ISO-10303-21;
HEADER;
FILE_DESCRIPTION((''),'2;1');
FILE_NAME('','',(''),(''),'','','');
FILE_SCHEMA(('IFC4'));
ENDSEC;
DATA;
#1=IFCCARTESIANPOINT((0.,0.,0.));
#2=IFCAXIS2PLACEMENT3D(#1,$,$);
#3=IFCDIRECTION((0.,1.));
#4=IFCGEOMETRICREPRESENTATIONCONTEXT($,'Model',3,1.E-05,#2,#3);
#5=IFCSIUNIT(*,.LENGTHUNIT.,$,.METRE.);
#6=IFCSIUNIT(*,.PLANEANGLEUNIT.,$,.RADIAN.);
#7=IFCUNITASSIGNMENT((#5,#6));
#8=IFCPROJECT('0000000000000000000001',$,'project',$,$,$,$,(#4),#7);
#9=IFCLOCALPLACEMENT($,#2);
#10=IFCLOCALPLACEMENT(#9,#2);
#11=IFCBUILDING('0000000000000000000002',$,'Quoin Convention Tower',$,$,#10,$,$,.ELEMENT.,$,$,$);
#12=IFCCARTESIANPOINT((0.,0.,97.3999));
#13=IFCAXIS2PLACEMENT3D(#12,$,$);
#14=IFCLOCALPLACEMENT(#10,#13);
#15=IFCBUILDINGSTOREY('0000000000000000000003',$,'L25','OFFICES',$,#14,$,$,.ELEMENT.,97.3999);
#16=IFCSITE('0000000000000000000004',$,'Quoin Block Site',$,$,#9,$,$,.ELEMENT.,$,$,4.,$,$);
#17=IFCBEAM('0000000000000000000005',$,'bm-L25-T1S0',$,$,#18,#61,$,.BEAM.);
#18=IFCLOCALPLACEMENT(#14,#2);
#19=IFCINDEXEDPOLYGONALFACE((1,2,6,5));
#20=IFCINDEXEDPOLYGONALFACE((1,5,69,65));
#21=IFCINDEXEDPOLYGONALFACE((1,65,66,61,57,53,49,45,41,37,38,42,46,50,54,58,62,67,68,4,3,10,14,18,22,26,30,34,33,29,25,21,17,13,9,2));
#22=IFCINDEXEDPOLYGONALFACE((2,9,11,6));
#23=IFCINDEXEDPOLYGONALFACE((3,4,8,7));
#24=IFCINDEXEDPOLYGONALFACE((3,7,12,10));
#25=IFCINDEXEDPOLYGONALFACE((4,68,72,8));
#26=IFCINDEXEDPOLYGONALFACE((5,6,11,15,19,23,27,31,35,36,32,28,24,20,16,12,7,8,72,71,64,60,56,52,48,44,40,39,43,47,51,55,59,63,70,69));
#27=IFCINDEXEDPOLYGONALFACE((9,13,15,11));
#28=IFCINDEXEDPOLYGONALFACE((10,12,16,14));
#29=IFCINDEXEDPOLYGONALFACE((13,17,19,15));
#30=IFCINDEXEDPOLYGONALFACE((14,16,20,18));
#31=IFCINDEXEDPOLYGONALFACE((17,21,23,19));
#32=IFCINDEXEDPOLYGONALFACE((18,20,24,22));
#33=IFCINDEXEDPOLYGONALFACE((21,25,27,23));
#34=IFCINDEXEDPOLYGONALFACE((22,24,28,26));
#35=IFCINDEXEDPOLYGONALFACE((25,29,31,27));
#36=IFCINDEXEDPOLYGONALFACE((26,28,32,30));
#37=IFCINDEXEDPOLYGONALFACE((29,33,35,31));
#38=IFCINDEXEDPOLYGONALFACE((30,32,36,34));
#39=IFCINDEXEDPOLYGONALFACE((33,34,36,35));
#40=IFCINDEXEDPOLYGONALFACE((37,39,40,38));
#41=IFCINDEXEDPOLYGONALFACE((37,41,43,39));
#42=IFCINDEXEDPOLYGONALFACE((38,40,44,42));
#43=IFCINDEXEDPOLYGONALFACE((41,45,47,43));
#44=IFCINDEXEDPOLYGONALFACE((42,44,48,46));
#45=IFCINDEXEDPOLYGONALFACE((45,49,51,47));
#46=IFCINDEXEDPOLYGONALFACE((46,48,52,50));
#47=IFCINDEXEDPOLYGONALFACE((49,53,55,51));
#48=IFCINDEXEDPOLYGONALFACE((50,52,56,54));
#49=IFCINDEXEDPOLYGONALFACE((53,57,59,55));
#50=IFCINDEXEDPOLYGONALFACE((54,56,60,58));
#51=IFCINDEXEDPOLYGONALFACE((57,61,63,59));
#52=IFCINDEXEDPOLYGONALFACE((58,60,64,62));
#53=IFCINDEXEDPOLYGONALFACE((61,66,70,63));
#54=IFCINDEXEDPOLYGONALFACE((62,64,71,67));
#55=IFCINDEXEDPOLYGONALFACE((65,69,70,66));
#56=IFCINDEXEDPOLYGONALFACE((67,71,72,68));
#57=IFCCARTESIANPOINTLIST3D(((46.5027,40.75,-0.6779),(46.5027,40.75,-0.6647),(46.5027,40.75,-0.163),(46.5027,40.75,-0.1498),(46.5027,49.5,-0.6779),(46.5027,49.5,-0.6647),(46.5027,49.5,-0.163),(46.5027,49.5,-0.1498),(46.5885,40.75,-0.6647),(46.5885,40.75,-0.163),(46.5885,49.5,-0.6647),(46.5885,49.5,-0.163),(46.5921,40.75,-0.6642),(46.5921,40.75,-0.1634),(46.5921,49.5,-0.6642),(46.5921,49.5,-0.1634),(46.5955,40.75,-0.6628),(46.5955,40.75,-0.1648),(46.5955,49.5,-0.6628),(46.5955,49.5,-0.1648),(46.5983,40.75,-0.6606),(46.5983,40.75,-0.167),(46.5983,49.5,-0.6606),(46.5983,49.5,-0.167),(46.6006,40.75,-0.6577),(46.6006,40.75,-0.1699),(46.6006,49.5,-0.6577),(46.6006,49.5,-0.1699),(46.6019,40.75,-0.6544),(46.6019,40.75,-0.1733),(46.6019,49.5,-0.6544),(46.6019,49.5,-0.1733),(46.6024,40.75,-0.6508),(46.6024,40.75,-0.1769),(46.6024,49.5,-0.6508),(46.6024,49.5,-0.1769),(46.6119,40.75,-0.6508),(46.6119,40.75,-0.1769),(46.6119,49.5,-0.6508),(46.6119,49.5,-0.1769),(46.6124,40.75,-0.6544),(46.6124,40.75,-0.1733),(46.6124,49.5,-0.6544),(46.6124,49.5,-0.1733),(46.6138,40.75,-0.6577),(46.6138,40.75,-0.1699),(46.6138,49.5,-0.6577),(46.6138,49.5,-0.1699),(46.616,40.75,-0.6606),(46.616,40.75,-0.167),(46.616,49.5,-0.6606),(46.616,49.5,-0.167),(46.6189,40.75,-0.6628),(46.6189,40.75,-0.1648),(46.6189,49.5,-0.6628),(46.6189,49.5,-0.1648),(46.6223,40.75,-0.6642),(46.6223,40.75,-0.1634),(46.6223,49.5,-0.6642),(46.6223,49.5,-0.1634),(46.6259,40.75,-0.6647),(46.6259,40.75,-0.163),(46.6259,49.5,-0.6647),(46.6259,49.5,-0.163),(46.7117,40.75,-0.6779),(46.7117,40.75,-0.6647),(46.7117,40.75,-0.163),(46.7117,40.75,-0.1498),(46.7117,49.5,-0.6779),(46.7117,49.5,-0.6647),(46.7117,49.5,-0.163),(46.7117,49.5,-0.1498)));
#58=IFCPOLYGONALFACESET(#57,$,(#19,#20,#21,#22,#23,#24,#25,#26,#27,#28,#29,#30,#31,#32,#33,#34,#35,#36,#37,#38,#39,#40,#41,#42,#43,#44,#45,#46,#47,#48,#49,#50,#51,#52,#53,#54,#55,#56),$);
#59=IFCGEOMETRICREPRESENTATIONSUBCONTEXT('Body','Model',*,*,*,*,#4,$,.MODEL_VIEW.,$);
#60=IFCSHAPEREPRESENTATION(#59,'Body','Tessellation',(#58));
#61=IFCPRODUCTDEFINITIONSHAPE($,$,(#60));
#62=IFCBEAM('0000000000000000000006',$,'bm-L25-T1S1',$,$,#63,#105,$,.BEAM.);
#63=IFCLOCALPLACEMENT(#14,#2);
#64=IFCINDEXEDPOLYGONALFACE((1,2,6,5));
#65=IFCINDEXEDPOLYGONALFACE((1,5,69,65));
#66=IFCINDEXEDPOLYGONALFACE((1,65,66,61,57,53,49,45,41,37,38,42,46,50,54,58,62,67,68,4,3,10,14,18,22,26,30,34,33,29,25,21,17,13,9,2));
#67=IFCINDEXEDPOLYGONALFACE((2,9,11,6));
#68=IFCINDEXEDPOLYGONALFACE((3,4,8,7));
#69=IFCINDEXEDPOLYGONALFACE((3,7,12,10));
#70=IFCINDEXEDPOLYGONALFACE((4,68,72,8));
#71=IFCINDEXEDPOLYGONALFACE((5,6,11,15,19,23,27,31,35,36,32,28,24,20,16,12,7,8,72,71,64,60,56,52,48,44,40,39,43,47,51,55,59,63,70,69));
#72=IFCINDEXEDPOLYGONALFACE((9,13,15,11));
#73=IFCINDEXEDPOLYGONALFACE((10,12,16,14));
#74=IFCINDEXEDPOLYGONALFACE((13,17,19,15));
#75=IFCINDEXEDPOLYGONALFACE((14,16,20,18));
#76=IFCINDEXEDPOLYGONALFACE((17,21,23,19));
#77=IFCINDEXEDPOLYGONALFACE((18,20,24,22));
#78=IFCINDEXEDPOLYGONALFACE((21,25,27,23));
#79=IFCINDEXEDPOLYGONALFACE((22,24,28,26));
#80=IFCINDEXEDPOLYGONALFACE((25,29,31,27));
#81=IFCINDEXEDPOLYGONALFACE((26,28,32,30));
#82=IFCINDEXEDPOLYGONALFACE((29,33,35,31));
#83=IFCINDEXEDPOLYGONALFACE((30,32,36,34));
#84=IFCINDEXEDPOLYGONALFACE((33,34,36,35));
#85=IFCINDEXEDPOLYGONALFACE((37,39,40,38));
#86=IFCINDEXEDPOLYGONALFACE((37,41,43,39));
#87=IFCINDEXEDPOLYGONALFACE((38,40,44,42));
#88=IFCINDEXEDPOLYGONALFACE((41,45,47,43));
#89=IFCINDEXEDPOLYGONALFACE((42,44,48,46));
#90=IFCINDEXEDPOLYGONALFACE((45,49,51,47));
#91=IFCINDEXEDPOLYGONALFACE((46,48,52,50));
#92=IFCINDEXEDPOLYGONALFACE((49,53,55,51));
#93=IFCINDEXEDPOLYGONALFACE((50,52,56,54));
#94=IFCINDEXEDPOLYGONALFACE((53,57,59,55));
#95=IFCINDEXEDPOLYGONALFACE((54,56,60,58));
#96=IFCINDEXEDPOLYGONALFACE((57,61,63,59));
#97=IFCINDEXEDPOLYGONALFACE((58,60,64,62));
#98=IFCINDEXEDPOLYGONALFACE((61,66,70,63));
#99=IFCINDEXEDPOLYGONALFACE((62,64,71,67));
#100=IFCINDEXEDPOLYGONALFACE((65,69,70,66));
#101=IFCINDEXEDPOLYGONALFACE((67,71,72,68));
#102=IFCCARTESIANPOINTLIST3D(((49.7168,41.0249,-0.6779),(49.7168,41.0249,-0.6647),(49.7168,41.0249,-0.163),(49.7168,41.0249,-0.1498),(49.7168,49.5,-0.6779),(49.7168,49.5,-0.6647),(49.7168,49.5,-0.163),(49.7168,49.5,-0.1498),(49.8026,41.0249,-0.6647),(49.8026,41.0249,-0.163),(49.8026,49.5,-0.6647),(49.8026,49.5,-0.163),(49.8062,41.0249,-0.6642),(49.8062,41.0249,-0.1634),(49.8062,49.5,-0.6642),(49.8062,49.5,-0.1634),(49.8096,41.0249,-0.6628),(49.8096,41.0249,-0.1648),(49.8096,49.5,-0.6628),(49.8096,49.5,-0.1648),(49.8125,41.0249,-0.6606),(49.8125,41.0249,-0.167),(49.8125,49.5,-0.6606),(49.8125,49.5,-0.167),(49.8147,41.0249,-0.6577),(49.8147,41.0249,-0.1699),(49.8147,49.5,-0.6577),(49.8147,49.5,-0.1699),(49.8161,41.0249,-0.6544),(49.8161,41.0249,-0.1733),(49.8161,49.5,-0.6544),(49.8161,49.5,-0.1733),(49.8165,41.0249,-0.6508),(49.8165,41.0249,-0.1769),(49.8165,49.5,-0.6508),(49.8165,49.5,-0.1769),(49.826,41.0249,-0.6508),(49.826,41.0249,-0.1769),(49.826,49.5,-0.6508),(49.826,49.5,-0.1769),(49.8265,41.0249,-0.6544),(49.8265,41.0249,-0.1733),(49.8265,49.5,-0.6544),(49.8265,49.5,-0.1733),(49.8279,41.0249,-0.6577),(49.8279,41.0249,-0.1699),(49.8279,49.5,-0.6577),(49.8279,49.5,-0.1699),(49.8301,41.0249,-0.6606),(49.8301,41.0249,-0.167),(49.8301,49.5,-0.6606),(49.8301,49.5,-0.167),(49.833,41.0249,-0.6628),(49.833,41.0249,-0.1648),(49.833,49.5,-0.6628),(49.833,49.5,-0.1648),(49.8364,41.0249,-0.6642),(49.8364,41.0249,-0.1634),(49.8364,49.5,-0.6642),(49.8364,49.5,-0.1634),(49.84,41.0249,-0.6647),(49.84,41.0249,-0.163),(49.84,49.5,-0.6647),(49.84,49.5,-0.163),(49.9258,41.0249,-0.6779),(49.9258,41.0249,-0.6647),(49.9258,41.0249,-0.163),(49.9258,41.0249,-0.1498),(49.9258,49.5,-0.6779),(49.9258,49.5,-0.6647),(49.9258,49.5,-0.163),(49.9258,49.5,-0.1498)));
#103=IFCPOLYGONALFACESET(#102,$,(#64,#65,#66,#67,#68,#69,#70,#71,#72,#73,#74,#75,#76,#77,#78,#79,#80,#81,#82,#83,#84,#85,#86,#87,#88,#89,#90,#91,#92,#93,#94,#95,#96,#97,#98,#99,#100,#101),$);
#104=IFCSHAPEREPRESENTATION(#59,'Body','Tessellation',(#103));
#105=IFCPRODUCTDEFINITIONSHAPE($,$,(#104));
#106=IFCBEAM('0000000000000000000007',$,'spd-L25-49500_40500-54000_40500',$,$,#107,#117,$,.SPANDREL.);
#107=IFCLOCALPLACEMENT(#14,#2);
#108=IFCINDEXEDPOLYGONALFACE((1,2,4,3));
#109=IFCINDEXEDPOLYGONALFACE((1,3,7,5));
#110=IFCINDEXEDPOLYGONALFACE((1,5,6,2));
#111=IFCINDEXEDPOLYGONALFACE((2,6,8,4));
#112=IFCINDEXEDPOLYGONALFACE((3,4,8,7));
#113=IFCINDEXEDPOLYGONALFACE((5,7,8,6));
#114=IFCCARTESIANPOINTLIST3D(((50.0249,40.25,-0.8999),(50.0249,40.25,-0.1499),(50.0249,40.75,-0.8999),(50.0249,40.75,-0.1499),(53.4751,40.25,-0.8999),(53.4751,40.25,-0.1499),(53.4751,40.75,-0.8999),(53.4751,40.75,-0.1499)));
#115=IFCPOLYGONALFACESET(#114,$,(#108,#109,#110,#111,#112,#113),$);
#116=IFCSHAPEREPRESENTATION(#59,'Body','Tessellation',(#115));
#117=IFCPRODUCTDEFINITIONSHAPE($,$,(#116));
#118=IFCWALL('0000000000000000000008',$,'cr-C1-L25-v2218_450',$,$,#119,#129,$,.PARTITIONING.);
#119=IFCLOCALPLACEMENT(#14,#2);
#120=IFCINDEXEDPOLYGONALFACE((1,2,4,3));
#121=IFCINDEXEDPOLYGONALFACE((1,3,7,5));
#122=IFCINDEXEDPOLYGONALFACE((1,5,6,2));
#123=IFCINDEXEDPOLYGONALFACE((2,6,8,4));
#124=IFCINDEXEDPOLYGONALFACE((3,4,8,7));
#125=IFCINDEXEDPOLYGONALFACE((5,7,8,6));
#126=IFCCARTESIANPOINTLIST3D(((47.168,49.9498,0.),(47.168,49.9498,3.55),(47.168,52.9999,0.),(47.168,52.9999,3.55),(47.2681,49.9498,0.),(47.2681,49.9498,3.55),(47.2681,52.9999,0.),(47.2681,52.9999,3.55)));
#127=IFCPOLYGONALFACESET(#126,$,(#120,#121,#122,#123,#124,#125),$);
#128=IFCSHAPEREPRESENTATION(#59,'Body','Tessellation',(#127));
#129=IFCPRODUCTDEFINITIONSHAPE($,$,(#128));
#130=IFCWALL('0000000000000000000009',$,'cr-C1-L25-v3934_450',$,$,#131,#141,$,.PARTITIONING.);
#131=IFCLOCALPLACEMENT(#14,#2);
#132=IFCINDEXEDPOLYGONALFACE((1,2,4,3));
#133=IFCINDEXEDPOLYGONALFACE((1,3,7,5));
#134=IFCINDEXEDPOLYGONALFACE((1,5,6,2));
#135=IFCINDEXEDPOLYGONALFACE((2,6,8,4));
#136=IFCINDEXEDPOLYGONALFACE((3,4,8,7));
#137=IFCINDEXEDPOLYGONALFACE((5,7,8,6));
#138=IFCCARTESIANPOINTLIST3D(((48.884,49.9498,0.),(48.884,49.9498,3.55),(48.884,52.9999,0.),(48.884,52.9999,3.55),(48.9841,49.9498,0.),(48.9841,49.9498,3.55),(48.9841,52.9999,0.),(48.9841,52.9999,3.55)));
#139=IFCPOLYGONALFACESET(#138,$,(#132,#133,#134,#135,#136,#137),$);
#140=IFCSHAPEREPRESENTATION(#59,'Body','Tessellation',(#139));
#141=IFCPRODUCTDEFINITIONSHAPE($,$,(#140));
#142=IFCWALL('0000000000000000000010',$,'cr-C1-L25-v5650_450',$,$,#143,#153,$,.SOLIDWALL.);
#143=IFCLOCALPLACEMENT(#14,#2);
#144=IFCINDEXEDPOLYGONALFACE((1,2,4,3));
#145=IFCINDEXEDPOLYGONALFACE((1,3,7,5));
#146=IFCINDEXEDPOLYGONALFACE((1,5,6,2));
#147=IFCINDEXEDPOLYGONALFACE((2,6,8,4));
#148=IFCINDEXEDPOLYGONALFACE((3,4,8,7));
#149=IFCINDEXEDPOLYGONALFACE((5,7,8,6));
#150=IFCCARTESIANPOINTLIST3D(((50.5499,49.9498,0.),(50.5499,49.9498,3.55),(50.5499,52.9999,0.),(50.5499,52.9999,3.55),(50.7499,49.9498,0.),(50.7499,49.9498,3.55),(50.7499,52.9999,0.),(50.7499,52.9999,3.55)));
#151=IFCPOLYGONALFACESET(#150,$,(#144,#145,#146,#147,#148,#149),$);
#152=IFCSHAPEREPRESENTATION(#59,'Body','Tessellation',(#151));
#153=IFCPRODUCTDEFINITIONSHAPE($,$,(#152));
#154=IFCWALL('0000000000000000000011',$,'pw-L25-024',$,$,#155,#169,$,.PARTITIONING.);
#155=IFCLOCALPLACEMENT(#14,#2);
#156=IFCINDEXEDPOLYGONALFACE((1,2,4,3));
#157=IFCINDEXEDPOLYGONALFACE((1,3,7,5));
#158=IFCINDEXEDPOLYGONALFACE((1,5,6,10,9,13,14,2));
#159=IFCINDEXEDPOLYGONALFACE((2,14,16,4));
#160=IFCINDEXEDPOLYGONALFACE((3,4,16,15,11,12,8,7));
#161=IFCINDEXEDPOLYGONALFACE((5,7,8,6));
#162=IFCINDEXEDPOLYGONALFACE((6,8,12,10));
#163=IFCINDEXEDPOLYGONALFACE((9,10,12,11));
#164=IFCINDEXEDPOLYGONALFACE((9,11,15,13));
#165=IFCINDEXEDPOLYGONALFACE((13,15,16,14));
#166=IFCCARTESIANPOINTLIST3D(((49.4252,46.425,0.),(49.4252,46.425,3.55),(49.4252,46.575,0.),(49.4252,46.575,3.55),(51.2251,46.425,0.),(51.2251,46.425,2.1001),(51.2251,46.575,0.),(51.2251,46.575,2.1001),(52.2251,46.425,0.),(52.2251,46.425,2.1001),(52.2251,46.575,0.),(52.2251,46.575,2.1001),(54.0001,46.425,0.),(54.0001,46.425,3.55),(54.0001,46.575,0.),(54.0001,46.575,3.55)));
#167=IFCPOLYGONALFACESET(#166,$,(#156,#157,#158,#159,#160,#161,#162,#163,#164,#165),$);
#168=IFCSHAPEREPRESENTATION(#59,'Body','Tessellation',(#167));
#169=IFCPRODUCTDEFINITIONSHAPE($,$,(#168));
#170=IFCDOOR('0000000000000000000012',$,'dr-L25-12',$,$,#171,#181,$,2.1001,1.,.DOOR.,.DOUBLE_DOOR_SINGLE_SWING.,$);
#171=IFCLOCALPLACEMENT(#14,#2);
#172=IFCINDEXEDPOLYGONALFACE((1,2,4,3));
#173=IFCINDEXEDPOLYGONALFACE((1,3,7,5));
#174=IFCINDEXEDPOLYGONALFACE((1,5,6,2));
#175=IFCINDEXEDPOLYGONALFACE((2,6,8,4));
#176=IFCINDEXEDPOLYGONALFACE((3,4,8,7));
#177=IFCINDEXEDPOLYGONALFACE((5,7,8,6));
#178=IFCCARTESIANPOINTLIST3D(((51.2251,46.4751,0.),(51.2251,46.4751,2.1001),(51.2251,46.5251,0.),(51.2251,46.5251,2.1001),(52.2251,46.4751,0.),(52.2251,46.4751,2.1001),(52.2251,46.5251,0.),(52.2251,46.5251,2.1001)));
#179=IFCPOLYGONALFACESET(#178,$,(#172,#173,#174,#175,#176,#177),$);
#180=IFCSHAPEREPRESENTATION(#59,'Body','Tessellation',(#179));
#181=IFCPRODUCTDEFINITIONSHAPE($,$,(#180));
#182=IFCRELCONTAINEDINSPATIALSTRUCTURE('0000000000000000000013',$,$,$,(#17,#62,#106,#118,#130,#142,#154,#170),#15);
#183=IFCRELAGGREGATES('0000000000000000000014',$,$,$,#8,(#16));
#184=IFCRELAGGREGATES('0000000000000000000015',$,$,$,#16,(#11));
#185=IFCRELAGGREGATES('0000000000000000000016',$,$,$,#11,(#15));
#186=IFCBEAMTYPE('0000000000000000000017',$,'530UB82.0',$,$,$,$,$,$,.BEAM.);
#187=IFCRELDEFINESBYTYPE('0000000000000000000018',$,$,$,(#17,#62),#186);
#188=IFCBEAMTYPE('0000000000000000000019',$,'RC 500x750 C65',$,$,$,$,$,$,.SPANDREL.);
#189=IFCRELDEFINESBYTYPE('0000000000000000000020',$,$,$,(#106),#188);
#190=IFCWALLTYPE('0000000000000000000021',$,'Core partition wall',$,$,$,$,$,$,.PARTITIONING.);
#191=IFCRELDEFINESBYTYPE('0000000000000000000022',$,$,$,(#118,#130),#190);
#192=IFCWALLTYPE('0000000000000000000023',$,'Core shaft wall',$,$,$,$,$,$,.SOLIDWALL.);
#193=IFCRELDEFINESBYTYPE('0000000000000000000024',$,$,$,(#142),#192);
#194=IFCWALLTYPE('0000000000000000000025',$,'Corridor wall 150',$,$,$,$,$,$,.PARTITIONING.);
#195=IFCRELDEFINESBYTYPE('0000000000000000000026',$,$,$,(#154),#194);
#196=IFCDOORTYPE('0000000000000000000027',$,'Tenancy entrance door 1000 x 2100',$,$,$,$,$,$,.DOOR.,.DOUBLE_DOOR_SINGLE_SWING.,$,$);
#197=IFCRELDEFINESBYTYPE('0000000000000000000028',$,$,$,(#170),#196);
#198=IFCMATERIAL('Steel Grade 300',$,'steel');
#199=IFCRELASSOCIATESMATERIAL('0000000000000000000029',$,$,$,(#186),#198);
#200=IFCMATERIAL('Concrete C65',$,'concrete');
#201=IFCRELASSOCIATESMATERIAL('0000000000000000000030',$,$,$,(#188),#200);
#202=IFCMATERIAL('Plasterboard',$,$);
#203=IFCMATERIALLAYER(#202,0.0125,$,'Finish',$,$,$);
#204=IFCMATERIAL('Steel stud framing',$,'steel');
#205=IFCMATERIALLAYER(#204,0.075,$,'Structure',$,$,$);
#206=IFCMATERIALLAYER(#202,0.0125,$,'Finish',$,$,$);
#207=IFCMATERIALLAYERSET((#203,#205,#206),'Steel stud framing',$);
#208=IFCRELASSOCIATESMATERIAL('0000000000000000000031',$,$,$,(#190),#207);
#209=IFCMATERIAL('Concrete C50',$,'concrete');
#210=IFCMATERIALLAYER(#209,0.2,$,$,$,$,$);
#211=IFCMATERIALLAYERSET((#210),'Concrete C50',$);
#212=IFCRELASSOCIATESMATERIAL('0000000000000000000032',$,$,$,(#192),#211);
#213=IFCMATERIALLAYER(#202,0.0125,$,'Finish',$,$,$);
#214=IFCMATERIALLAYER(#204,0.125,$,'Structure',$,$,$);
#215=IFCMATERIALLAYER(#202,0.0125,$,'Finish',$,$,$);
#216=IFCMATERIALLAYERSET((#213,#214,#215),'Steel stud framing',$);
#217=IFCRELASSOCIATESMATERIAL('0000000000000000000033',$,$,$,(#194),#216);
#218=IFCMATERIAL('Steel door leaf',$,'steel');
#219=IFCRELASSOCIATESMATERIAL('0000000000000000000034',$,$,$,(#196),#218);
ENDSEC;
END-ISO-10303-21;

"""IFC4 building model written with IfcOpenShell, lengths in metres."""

from ifc_helpers import new_model, si_unit, direction, frame, frame_2d, origin, origin_2d, place, context, subcontext, project, spatial, rectangle, i_section, extrude, material, layer, layer_set, material_profile, profile_set, type_object, element, fill, save


model = new_model("IFC4")

# Units and contexts
model_context = context("Model", 3, precision=1e-05, world=origin(), true_north=direction((0.0, 1.0)))
body_context = subcontext(model_context, "Body", "Model", "MODEL_VIEW")
ifc_project = project(units=[si_unit("LENGTHUNIT", "METRE"), si_unit("PLANEANGLEUNIT", "RADIAN")], contexts=[model_context])

# Site, building, storey
site_placement = place(None, origin())
site = spatial("IfcSite", under=ifc_project, at=site_placement, Name="Quoin Block Site", CompositionType="ELEMENT", RefElevation=4.0)
building_placement = place(site_placement, origin())
building = spatial("IfcBuilding", under=site, at=building_placement, Name="Quoin Convention Tower", CompositionType="ELEMENT")
storey_placement = place(building_placement, frame((0.0, 0.0, 97.3999)))
storey = spatial("IfcBuildingStorey", under=building, at=storey_placement, Name="L25", Description="OFFICES", CompositionType="ELEMENT", Elevation=97.3999)

# Beams
ifc_material_1 = material(Name="Steel Grade 300", Category="steel")
ifc_material_profile_1 = material_profile(ifc_material_1, i_section(OverallWidth=0.209, OverallDepth=0.5281, WebThickness=0.0095, FlangeThickness=0.0132, FilletRadius=0.0139, at=origin_2d()), Name="530UB82.0")
ifc_profile_set_1 = profile_set([ifc_material_profile_1], Name="Steel Grade 300")
beam_type_1 = type_object("IfcBeamType", Name="530UB82.0", PredefinedType="BEAM", material=ifc_profile_set_1)
beam_1_placement = place(storey_placement, frame((46.6072, 40.75, -0.4138), z_axis=(0.0, 1.0, 0.0), x_axis=(-1.0, 0.0, 0.0)))
element("IfcBeam", 1, at=beam_1_placement, inside=storey, type_object=beam_type_1, Name="bm-L25-T1S0", PredefinedType="BEAM", context=body_context, shape_type="SweptSolid", body=[
    extrude(i_section(OverallWidth=0.209, OverallDepth=0.5281, WebThickness=0.0095, FlangeThickness=0.0132, FilletRadius=0.0139, at=origin_2d()), origin(), (0.0, 0.0, 1.0), 8.75),
])
beam_2_placement = place(storey_placement, frame((49.8213, 41.0249, -0.4138), z_axis=(0.0, 1.0, 0.0), x_axis=(-1.0, 0.0, 0.0)))
element("IfcBeam", 2, at=beam_2_placement, inside=storey, type_object=beam_type_1, Name="bm-L25-T1S1", PredefinedType="BEAM", context=body_context, shape_type="SweptSolid", body=[
    extrude(i_section(OverallWidth=0.209, OverallDepth=0.5281, WebThickness=0.0095, FlangeThickness=0.0132, FilletRadius=0.0139, at=origin_2d()), origin(), (0.0, 0.0, 1.0), 8.4751),
])
ifc_material_2 = material(Name="Concrete C65", Category="concrete")
ifc_material_profile_2 = material_profile(ifc_material_2, rectangle(XDim=0.5, YDim=0.75, at=origin_2d()), Name="RC 500x750")
ifc_profile_set_2 = profile_set([ifc_material_profile_2], Name="Concrete C65")
beam_type_2 = type_object("IfcBeamType", Name="RC 500x750 C65", PredefinedType="SPANDREL", material=ifc_profile_set_2)
beam_3_placement = place(storey_placement, frame((50.0249, 40.5, -0.5249), z_axis=(1.0, 0.0, 0.0), x_axis=(0.0, 1.0, 0.0)))
element("IfcBeam", 3, at=beam_3_placement, inside=storey, type_object=beam_type_2, Name="spd-L25-49500_40500-54000_40500", PredefinedType="SPANDREL", context=body_context, shape_type="SweptSolid", body=[
    extrude(rectangle(XDim=0.5, YDim=0.75, at=origin_2d()), origin(), (0.0, 0.0, 1.0), 3.4502),
])

# Walls
ifc_material_3 = material(Name="Plasterboard")
ifc_layer_1 = layer(ifc_material_3, 0.0125, Name="Finish")
ifc_material_4 = material(Name="Steel stud framing", Category="steel")
ifc_layer_2 = layer(ifc_material_4, 0.075, Name="Structure")
ifc_layer_3 = layer(ifc_material_3, 0.0125, Name="Finish")
ifc_layer_set_1 = layer_set([ifc_layer_1, ifc_layer_2, ifc_layer_3], Name="Steel stud framing")
wall_type_1 = type_object("IfcWallType", Name="Core partition wall", PredefinedType="PARTITIONING", material=ifc_layer_set_1)
for number, where, z_axis, x_axis, name in (
    (4, (47.218, 49.95, 0.0), (0.0, 0.0, 1.0), (0.0, 1.0, 0.0), "cr-C1-L25-v2218_450"),
    (5, (48.9341, 49.95, 0.0), (0.0, 0.0, 1.0), (0.0, 1.0, 0.0), "cr-C1-L25-v3934_450"),
):
    element("IfcWall", number, at=place(storey_placement, frame(where, z_axis=z_axis, x_axis=x_axis)), inside=storey, type_object=wall_type_1, Name=name, PredefinedType="PARTITIONING", context=body_context, shape_type="SweptSolid", body=[
        extrude(rectangle(XDim=3.05, YDim=0.1001, at=frame_2d((1.5249, 0.0))), origin(), (0.0, 0.0, 1.0), 3.55),
    ])
ifc_material_5 = material(Name="Concrete C50", Category="concrete")
ifc_layer_4 = layer(ifc_material_5, 0.2)
ifc_layer_set_2 = layer_set([ifc_layer_4], Name="Concrete C50")
wall_type_2 = type_object("IfcWallType", Name="Core shaft wall", PredefinedType="SOLIDWALL", material=ifc_layer_set_2)
wall_1_placement = place(storey_placement, frame((50.6499, 49.95, 0.0), z_axis=(0.0, 0.0, 1.0), x_axis=(0.0, 1.0, 0.0)))
element("IfcWall", 6, at=wall_1_placement, inside=storey, type_object=wall_type_2, Name="cr-C1-L25-v5650_450", PredefinedType="SOLIDWALL", context=body_context, shape_type="SweptSolid", body=[
    extrude(rectangle(XDim=3.05, YDim=0.2, at=frame_2d((1.5249, 0.0))), origin(), (0.0, 0.0, 1.0), 3.55),
])

# Wall, opening, door
ifc_layer_5 = layer(ifc_material_3, 0.0125, Name="Finish")
ifc_layer_6 = layer(ifc_material_4, 0.125, Name="Structure")
ifc_layer_7 = layer(ifc_material_3, 0.0125, Name="Finish")
ifc_layer_set_3 = layer_set([ifc_layer_5, ifc_layer_6, ifc_layer_7], Name="Steel stud framing")
wall_type_3 = type_object("IfcWallType", Name="Corridor wall 150", PredefinedType="PARTITIONING", material=ifc_layer_set_3)
wall_2_placement = place(storey_placement, frame((49.425, 46.5, 0.0), z_axis=(0.0, 0.0, 1.0), x_axis=(1.0, 0.0, 0.0)))
wall_2 = element("IfcWall", 7, at=wall_2_placement, inside=storey, type_object=wall_type_3, Name="pw-L25-024", PredefinedType="PARTITIONING", context=body_context, shape_type="SweptSolid", body=[
    extrude(rectangle(XDim=4.575, YDim=0.1499, at=frame_2d((2.2876, 0.0))), origin(), (0.0, 0.0, 1.0), 3.55),
])
opening_1_placement = place(wall_2_placement, frame((1.8, 0.0, 0.0)))
opening_1 = element("IfcOpeningElement", 8, at=opening_1_placement, cuts=wall_2, PredefinedType="OPENING", context=body_context, shape_type="SweptSolid", body=[
    extrude(rectangle(XDim=1.0, YDim=2.1001, at=frame_2d((0.5, 1.05))), frame((0.0, 0.085, 0.0), z_axis=(0.0, -1.0, 0.0), x_axis=(1.0, 0.0, 0.0)), (0.0, 0.0, 1.0), 0.1699),
])
ifc_material_6 = material(Name="Steel door leaf", Category="steel")
door_type_1 = type_object("IfcDoorType", Name="Tenancy entrance door 1000 x 2100", OperationType="DOUBLE_DOOR_SINGLE_SWING", PredefinedType="DOOR", material=ifc_material_6)
door_1_placement = place(opening_1_placement, frame((1.0, 0.0, 0.0), z_axis=(0.0, 0.0, 1.0), x_axis=(-1.0, 0.0, 0.0)))
door_1 = element("IfcDoor", 9, at=door_1_placement, inside=storey, type_object=door_type_1, Name="dr-L25-12", OperationType="DOUBLE_DOOR_SINGLE_SWING", OverallHeight=2.1001, OverallWidth=1.0, PredefinedType="DOOR", context=body_context, shape_type="SweptSolid", body=[
    extrude(rectangle(XDim=1.0, YDim=2.1001, at=frame_2d((0.5, 1.05))), frame((0.0, 0.0249, 0.0), z_axis=(0.0, -1.0, 0.0), x_axis=(1.0, 0.0, 0.0)), (0.0, 0.0, 1.0), 0.05),
])
fill(opening_1, door_1)

save(model, "model.ifc")
